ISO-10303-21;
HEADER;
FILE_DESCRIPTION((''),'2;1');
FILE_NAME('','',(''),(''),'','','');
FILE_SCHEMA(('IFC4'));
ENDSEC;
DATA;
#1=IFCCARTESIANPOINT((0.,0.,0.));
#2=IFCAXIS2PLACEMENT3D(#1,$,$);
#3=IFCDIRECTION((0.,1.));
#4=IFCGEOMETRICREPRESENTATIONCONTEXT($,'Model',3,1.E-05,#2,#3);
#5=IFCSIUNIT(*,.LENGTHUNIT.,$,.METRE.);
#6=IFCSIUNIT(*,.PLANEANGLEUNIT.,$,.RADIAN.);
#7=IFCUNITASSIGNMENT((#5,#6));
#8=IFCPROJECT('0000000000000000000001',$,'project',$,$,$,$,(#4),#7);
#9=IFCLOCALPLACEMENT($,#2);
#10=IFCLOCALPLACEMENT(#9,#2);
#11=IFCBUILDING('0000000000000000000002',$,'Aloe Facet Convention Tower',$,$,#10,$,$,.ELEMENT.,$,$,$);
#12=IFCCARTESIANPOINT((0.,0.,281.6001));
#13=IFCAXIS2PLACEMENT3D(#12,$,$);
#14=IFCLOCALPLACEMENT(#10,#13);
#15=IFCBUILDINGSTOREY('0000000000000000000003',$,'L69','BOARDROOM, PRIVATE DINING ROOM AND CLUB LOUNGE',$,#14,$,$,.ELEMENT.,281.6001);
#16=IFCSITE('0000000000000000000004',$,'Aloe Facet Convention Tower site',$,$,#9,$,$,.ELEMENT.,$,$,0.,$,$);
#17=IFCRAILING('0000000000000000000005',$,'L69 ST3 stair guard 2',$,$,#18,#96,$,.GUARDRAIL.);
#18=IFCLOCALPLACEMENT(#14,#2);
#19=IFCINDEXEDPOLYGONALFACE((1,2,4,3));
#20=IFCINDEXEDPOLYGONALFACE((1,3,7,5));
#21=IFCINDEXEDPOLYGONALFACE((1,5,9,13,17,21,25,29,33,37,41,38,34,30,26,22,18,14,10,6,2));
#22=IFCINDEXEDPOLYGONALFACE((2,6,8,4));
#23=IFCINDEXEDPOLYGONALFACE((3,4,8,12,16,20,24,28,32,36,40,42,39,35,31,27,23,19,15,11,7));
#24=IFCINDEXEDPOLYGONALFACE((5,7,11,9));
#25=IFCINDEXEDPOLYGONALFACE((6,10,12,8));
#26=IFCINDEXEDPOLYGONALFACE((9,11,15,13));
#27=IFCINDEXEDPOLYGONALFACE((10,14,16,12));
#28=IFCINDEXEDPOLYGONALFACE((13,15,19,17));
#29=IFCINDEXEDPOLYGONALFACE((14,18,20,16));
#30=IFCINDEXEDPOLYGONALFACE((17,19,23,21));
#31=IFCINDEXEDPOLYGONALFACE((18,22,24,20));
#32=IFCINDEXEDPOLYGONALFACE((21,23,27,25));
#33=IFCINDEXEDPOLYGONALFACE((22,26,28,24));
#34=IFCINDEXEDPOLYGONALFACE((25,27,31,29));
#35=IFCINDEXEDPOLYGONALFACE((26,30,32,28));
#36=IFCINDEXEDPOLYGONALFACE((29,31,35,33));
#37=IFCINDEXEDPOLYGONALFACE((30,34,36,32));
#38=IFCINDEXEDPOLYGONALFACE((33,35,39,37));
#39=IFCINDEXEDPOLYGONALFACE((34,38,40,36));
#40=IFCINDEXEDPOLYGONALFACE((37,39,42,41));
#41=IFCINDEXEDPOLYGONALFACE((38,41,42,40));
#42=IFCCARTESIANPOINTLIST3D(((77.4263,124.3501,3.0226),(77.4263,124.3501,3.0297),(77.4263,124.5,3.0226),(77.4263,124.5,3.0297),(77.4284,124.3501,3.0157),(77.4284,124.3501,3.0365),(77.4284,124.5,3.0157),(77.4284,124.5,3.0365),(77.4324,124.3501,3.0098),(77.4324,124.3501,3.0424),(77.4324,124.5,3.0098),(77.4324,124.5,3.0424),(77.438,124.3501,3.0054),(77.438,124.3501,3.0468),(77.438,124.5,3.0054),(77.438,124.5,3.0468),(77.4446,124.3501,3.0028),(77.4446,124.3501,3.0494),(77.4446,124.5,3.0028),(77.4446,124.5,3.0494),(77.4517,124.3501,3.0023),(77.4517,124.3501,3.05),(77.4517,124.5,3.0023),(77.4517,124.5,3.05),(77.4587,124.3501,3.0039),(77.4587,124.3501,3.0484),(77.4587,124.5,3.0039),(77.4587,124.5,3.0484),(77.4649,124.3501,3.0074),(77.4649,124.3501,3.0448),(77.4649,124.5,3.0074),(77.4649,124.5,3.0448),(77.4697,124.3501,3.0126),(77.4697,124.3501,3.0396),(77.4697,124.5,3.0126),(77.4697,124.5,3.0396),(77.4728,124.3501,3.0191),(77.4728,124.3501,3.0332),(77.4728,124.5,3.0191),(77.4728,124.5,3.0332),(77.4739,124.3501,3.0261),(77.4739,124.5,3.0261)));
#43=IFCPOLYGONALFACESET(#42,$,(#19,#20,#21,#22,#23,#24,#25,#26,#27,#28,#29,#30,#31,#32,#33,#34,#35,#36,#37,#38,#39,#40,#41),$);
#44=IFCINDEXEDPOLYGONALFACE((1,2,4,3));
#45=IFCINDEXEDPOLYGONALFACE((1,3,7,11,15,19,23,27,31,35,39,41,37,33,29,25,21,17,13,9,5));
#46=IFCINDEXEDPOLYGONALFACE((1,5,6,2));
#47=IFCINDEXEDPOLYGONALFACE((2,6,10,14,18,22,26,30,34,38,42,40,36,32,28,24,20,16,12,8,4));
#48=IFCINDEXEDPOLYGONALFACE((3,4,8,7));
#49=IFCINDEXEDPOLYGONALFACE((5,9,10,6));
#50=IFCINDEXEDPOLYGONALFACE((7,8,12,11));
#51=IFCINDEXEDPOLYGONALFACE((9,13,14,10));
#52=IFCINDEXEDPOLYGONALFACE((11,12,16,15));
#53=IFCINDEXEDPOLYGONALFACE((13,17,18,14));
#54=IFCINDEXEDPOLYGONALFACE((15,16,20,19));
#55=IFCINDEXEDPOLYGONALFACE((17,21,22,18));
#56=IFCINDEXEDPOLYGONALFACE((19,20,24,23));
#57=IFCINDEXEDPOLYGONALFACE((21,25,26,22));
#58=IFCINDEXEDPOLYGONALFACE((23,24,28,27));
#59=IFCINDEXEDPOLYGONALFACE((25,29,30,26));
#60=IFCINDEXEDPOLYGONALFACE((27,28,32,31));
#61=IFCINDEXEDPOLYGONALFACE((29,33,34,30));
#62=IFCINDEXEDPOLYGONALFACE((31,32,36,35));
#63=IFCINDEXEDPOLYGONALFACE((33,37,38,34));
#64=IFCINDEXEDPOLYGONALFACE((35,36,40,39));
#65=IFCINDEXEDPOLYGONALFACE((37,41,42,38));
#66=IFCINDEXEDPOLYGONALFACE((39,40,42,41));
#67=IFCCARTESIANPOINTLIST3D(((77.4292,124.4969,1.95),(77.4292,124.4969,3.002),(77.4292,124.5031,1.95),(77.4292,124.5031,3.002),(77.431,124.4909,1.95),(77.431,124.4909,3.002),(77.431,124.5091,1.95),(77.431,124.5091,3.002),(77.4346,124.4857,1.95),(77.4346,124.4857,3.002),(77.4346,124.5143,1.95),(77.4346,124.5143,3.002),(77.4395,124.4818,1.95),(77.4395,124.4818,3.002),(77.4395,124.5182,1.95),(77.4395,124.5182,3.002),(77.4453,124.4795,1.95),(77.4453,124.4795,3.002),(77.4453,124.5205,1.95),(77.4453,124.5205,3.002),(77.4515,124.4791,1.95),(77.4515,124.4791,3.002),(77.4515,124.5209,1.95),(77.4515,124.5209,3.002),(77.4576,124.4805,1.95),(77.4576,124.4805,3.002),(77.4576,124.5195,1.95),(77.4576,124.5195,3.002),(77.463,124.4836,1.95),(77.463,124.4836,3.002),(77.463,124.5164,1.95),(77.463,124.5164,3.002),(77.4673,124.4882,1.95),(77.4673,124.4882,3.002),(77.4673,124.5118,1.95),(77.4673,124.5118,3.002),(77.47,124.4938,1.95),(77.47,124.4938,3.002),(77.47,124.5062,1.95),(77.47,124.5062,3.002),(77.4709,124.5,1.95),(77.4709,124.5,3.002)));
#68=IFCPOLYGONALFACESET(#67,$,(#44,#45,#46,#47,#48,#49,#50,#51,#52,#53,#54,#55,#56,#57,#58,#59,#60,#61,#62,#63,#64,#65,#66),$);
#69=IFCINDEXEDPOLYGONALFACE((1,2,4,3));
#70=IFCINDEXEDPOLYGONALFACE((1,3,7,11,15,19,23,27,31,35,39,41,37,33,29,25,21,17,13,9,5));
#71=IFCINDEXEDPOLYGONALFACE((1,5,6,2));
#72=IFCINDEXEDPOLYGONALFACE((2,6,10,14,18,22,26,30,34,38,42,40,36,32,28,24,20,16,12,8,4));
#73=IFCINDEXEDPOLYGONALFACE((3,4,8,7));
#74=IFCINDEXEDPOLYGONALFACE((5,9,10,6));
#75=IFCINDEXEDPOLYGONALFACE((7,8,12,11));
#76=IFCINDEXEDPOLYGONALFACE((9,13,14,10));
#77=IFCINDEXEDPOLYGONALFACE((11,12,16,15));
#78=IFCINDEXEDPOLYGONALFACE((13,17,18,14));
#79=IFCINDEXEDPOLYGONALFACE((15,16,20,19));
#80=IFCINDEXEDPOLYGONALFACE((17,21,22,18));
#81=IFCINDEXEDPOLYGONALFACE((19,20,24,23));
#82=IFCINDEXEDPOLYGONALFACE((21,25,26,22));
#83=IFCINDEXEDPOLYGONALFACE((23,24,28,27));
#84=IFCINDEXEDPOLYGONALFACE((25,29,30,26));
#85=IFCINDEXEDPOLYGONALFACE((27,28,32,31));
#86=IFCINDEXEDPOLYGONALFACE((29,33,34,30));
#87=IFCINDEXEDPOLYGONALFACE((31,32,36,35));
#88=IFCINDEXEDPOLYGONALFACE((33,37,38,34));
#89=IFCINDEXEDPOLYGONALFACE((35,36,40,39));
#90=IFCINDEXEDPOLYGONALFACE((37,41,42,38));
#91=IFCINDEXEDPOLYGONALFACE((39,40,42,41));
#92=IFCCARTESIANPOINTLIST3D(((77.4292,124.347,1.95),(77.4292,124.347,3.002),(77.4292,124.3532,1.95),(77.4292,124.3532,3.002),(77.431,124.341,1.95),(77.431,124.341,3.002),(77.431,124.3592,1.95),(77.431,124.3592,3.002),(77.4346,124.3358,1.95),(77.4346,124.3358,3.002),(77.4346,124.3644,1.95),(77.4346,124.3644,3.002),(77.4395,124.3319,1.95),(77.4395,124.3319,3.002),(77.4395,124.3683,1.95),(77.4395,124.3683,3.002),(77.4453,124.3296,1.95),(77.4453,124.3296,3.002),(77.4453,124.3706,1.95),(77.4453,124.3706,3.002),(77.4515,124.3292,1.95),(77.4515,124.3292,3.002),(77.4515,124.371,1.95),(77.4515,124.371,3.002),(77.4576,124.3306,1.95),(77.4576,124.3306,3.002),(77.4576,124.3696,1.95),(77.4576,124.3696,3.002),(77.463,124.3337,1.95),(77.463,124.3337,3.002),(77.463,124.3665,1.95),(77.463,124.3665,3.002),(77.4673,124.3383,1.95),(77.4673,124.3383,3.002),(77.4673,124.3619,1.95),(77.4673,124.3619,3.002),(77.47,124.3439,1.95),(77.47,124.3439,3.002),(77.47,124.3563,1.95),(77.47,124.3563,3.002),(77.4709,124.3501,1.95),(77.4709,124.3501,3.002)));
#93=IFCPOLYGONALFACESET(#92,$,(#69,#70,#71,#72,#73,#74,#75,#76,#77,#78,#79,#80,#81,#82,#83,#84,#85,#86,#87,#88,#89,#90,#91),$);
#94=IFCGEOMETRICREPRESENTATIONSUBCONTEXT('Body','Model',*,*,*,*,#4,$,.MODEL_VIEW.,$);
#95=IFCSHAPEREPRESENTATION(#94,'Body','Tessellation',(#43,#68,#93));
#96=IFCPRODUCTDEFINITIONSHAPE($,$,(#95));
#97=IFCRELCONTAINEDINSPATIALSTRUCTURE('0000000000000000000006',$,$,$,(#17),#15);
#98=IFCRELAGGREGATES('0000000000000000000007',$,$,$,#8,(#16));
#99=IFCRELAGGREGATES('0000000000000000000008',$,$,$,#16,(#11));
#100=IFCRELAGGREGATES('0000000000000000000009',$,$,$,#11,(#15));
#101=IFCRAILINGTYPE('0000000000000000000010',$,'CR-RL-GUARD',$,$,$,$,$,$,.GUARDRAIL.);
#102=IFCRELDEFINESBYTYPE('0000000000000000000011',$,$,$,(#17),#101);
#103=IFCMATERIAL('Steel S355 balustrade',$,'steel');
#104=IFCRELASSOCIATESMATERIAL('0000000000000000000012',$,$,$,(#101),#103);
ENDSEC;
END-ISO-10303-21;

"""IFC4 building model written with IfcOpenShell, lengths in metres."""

from ifc_helpers import new_model, si_unit, direction, frame, origin, origin_2d, place, context, subcontext, project, spatial, circle, extrude, material, type_object, element, save


model = new_model("IFC4")

# Units and contexts
model_context = context("Model", 3, precision=1e-05, world=origin(), true_north=direction((0.0, 1.0)))
body_context = subcontext(model_context, "Body", "Model", "MODEL_VIEW")
ifc_project = project(units=[si_unit("LENGTHUNIT", "METRE"), si_unit("PLANEANGLEUNIT", "RADIAN")], contexts=[model_context])

# Site, building, storey
site_placement = place(None, origin())
site = spatial("IfcSite", under=ifc_project, at=site_placement, Name="Aloe Facet Convention Tower site", CompositionType="ELEMENT", RefElevation=0.0)
building_placement = place(site_placement, origin())
building = spatial("IfcBuilding", under=site, at=building_placement, Name="Aloe Facet Convention Tower", CompositionType="ELEMENT")
storey_placement = place(building_placement, frame((0.0, 0.0, 281.6001)))
storey = spatial("IfcBuildingStorey", under=building, at=storey_placement, Name="L69", Description="BOARDROOM, PRIVATE DINING ROOM AND CLUB LOUNGE", CompositionType="ELEMENT", Elevation=281.6001)

# Railing
ifc_material_1 = material(Name="Steel S355 balustrade", Category="steel")
railing_type_1 = type_object("IfcRailingType", Name="CR-RL-GUARD", PredefinedType="GUARDRAIL", material=ifc_material_1)
railing_1_placement = place(storey_placement, frame((77.45, 124.5, 1.95)))
element("IfcRailing", 1, at=railing_1_placement, inside=storey, type_object=railing_type_1, Name="L69 ST3 stair guard 2", PredefinedType="GUARDRAIL", context=body_context, shape_type="SweptSolid", body=[
    extrude(circle(Radius=0.0239, at=origin_2d()), frame((0.0, 0.0, 1.0762), z_axis=(0.0, -1.0, 0.0), x_axis=(1.0, 0.0, 0.0)), (0.0, 0.0, 1.0), 0.1499),
    extrude(circle(Radius=0.021, at=origin_2d()), origin(), (0.0, 0.0, 1.0), 1.052),
    extrude(circle(Radius=0.021, at=origin_2d()), frame((0.0, -0.1499, 0.0)), (0.0, 0.0, 1.0), 1.052),
])

save(model, "model.ifc")
